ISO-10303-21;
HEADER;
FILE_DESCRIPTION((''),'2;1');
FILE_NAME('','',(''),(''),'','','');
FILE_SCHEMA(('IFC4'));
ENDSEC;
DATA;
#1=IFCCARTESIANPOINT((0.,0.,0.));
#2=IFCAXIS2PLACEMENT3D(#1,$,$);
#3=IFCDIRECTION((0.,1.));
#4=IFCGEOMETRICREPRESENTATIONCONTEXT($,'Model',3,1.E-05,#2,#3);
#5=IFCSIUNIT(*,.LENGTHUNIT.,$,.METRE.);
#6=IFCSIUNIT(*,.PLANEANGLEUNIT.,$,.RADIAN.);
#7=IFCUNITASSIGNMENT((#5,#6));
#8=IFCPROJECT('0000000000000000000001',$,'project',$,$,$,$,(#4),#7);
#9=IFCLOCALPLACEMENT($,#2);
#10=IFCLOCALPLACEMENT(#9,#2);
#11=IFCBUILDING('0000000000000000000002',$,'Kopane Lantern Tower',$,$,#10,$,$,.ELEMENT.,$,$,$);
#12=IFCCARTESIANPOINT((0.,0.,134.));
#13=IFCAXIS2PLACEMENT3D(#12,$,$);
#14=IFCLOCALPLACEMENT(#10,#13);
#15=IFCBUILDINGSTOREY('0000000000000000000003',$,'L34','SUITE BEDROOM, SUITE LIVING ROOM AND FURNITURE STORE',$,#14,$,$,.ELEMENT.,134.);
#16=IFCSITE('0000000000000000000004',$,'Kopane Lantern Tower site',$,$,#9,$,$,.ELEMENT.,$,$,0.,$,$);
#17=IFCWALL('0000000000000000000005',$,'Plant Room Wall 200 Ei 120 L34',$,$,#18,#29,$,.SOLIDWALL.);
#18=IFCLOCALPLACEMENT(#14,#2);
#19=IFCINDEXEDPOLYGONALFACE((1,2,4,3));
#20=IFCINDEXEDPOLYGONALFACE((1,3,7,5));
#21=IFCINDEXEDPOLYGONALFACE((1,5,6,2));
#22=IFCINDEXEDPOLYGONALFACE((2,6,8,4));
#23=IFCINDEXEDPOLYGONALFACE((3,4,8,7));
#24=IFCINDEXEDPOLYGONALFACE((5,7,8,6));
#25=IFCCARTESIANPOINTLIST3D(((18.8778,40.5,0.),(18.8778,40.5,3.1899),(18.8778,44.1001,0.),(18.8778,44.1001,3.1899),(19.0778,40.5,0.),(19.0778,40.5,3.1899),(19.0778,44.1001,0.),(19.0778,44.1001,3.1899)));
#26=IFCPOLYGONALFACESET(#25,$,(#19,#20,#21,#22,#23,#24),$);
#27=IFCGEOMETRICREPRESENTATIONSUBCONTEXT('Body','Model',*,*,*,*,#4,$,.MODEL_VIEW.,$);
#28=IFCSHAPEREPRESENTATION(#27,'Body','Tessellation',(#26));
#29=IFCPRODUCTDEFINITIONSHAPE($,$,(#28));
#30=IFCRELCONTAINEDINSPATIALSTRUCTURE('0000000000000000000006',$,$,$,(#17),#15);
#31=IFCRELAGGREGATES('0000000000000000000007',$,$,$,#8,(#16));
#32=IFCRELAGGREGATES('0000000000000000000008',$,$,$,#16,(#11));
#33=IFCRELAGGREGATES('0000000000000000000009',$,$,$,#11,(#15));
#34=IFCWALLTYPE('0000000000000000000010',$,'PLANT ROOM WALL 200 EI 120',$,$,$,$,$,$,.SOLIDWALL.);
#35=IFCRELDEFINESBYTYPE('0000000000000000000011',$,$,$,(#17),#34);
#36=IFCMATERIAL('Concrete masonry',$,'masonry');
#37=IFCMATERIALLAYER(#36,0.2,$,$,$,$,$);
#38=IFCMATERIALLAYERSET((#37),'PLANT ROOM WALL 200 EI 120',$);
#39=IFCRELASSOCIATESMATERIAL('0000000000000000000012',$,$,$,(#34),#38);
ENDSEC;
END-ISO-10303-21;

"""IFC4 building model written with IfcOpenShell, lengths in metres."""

from ifc_helpers import new_model, si_unit, direction, frame, frame_2d, origin, place, context, subcontext, project, spatial, rectangle, extrude, material, layer, layer_set, type_object, element, save


model = new_model("IFC4")

# Units and contexts
model_context = context("Model", 3, precision=1e-05, world=origin(), true_north=direction((0.0, 1.0)))
body_context = subcontext(model_context, "Body", "Model", "MODEL_VIEW")
ifc_project = project(units=[si_unit("LENGTHUNIT", "METRE"), si_unit("PLANEANGLEUNIT", "RADIAN")], contexts=[model_context])

# Site, building, storey
site_placement = place(None, origin())
site = spatial("IfcSite", under=ifc_project, at=site_placement, Name="Kopane Lantern Tower site", CompositionType="ELEMENT", RefElevation=0.0)
building_placement = place(site_placement, origin())
building = spatial("IfcBuilding", under=site, at=building_placement, Name="Kopane Lantern Tower", CompositionType="ELEMENT")
storey_placement = place(building_placement, frame((0.0, 0.0, 134.0)))
storey = spatial("IfcBuildingStorey", under=building, at=storey_placement, Name="L34", Description="SUITE BEDROOM, SUITE LIVING ROOM AND FURNITURE STORE", CompositionType="ELEMENT", Elevation=134.0)

# Wall
ifc_material_1 = material(Name="Concrete masonry", Category="masonry")
ifc_layer_1 = layer(ifc_material_1, 0.2)
ifc_layer_set_1 = layer_set([ifc_layer_1], Name="PLANT ROOM WALL 200 EI 120")
wall_type_1 = type_object("IfcWallType", Name="PLANT ROOM WALL 200 EI 120", PredefinedType="SOLIDWALL", material=ifc_layer_set_1)
wall_1_placement = place(storey_placement, frame((18.9778, 44.1001, 0.0), z_axis=(0.0, 0.0, 1.0), x_axis=(0.0, -1.0, 0.0)))
element("IfcWall", 1, at=wall_1_placement, inside=storey, type_object=wall_type_1, Name="Plant Room Wall 200 Ei 120 L34", PredefinedType="SOLIDWALL", context=body_context, shape_type="SweptSolid", body=[
    extrude(rectangle(XDim=3.6001, YDim=0.2, at=frame_2d((1.8, 0.0))), origin(), (0.0, 0.0, 1.0), 3.1899),
])

save(model, "model.ifc")
